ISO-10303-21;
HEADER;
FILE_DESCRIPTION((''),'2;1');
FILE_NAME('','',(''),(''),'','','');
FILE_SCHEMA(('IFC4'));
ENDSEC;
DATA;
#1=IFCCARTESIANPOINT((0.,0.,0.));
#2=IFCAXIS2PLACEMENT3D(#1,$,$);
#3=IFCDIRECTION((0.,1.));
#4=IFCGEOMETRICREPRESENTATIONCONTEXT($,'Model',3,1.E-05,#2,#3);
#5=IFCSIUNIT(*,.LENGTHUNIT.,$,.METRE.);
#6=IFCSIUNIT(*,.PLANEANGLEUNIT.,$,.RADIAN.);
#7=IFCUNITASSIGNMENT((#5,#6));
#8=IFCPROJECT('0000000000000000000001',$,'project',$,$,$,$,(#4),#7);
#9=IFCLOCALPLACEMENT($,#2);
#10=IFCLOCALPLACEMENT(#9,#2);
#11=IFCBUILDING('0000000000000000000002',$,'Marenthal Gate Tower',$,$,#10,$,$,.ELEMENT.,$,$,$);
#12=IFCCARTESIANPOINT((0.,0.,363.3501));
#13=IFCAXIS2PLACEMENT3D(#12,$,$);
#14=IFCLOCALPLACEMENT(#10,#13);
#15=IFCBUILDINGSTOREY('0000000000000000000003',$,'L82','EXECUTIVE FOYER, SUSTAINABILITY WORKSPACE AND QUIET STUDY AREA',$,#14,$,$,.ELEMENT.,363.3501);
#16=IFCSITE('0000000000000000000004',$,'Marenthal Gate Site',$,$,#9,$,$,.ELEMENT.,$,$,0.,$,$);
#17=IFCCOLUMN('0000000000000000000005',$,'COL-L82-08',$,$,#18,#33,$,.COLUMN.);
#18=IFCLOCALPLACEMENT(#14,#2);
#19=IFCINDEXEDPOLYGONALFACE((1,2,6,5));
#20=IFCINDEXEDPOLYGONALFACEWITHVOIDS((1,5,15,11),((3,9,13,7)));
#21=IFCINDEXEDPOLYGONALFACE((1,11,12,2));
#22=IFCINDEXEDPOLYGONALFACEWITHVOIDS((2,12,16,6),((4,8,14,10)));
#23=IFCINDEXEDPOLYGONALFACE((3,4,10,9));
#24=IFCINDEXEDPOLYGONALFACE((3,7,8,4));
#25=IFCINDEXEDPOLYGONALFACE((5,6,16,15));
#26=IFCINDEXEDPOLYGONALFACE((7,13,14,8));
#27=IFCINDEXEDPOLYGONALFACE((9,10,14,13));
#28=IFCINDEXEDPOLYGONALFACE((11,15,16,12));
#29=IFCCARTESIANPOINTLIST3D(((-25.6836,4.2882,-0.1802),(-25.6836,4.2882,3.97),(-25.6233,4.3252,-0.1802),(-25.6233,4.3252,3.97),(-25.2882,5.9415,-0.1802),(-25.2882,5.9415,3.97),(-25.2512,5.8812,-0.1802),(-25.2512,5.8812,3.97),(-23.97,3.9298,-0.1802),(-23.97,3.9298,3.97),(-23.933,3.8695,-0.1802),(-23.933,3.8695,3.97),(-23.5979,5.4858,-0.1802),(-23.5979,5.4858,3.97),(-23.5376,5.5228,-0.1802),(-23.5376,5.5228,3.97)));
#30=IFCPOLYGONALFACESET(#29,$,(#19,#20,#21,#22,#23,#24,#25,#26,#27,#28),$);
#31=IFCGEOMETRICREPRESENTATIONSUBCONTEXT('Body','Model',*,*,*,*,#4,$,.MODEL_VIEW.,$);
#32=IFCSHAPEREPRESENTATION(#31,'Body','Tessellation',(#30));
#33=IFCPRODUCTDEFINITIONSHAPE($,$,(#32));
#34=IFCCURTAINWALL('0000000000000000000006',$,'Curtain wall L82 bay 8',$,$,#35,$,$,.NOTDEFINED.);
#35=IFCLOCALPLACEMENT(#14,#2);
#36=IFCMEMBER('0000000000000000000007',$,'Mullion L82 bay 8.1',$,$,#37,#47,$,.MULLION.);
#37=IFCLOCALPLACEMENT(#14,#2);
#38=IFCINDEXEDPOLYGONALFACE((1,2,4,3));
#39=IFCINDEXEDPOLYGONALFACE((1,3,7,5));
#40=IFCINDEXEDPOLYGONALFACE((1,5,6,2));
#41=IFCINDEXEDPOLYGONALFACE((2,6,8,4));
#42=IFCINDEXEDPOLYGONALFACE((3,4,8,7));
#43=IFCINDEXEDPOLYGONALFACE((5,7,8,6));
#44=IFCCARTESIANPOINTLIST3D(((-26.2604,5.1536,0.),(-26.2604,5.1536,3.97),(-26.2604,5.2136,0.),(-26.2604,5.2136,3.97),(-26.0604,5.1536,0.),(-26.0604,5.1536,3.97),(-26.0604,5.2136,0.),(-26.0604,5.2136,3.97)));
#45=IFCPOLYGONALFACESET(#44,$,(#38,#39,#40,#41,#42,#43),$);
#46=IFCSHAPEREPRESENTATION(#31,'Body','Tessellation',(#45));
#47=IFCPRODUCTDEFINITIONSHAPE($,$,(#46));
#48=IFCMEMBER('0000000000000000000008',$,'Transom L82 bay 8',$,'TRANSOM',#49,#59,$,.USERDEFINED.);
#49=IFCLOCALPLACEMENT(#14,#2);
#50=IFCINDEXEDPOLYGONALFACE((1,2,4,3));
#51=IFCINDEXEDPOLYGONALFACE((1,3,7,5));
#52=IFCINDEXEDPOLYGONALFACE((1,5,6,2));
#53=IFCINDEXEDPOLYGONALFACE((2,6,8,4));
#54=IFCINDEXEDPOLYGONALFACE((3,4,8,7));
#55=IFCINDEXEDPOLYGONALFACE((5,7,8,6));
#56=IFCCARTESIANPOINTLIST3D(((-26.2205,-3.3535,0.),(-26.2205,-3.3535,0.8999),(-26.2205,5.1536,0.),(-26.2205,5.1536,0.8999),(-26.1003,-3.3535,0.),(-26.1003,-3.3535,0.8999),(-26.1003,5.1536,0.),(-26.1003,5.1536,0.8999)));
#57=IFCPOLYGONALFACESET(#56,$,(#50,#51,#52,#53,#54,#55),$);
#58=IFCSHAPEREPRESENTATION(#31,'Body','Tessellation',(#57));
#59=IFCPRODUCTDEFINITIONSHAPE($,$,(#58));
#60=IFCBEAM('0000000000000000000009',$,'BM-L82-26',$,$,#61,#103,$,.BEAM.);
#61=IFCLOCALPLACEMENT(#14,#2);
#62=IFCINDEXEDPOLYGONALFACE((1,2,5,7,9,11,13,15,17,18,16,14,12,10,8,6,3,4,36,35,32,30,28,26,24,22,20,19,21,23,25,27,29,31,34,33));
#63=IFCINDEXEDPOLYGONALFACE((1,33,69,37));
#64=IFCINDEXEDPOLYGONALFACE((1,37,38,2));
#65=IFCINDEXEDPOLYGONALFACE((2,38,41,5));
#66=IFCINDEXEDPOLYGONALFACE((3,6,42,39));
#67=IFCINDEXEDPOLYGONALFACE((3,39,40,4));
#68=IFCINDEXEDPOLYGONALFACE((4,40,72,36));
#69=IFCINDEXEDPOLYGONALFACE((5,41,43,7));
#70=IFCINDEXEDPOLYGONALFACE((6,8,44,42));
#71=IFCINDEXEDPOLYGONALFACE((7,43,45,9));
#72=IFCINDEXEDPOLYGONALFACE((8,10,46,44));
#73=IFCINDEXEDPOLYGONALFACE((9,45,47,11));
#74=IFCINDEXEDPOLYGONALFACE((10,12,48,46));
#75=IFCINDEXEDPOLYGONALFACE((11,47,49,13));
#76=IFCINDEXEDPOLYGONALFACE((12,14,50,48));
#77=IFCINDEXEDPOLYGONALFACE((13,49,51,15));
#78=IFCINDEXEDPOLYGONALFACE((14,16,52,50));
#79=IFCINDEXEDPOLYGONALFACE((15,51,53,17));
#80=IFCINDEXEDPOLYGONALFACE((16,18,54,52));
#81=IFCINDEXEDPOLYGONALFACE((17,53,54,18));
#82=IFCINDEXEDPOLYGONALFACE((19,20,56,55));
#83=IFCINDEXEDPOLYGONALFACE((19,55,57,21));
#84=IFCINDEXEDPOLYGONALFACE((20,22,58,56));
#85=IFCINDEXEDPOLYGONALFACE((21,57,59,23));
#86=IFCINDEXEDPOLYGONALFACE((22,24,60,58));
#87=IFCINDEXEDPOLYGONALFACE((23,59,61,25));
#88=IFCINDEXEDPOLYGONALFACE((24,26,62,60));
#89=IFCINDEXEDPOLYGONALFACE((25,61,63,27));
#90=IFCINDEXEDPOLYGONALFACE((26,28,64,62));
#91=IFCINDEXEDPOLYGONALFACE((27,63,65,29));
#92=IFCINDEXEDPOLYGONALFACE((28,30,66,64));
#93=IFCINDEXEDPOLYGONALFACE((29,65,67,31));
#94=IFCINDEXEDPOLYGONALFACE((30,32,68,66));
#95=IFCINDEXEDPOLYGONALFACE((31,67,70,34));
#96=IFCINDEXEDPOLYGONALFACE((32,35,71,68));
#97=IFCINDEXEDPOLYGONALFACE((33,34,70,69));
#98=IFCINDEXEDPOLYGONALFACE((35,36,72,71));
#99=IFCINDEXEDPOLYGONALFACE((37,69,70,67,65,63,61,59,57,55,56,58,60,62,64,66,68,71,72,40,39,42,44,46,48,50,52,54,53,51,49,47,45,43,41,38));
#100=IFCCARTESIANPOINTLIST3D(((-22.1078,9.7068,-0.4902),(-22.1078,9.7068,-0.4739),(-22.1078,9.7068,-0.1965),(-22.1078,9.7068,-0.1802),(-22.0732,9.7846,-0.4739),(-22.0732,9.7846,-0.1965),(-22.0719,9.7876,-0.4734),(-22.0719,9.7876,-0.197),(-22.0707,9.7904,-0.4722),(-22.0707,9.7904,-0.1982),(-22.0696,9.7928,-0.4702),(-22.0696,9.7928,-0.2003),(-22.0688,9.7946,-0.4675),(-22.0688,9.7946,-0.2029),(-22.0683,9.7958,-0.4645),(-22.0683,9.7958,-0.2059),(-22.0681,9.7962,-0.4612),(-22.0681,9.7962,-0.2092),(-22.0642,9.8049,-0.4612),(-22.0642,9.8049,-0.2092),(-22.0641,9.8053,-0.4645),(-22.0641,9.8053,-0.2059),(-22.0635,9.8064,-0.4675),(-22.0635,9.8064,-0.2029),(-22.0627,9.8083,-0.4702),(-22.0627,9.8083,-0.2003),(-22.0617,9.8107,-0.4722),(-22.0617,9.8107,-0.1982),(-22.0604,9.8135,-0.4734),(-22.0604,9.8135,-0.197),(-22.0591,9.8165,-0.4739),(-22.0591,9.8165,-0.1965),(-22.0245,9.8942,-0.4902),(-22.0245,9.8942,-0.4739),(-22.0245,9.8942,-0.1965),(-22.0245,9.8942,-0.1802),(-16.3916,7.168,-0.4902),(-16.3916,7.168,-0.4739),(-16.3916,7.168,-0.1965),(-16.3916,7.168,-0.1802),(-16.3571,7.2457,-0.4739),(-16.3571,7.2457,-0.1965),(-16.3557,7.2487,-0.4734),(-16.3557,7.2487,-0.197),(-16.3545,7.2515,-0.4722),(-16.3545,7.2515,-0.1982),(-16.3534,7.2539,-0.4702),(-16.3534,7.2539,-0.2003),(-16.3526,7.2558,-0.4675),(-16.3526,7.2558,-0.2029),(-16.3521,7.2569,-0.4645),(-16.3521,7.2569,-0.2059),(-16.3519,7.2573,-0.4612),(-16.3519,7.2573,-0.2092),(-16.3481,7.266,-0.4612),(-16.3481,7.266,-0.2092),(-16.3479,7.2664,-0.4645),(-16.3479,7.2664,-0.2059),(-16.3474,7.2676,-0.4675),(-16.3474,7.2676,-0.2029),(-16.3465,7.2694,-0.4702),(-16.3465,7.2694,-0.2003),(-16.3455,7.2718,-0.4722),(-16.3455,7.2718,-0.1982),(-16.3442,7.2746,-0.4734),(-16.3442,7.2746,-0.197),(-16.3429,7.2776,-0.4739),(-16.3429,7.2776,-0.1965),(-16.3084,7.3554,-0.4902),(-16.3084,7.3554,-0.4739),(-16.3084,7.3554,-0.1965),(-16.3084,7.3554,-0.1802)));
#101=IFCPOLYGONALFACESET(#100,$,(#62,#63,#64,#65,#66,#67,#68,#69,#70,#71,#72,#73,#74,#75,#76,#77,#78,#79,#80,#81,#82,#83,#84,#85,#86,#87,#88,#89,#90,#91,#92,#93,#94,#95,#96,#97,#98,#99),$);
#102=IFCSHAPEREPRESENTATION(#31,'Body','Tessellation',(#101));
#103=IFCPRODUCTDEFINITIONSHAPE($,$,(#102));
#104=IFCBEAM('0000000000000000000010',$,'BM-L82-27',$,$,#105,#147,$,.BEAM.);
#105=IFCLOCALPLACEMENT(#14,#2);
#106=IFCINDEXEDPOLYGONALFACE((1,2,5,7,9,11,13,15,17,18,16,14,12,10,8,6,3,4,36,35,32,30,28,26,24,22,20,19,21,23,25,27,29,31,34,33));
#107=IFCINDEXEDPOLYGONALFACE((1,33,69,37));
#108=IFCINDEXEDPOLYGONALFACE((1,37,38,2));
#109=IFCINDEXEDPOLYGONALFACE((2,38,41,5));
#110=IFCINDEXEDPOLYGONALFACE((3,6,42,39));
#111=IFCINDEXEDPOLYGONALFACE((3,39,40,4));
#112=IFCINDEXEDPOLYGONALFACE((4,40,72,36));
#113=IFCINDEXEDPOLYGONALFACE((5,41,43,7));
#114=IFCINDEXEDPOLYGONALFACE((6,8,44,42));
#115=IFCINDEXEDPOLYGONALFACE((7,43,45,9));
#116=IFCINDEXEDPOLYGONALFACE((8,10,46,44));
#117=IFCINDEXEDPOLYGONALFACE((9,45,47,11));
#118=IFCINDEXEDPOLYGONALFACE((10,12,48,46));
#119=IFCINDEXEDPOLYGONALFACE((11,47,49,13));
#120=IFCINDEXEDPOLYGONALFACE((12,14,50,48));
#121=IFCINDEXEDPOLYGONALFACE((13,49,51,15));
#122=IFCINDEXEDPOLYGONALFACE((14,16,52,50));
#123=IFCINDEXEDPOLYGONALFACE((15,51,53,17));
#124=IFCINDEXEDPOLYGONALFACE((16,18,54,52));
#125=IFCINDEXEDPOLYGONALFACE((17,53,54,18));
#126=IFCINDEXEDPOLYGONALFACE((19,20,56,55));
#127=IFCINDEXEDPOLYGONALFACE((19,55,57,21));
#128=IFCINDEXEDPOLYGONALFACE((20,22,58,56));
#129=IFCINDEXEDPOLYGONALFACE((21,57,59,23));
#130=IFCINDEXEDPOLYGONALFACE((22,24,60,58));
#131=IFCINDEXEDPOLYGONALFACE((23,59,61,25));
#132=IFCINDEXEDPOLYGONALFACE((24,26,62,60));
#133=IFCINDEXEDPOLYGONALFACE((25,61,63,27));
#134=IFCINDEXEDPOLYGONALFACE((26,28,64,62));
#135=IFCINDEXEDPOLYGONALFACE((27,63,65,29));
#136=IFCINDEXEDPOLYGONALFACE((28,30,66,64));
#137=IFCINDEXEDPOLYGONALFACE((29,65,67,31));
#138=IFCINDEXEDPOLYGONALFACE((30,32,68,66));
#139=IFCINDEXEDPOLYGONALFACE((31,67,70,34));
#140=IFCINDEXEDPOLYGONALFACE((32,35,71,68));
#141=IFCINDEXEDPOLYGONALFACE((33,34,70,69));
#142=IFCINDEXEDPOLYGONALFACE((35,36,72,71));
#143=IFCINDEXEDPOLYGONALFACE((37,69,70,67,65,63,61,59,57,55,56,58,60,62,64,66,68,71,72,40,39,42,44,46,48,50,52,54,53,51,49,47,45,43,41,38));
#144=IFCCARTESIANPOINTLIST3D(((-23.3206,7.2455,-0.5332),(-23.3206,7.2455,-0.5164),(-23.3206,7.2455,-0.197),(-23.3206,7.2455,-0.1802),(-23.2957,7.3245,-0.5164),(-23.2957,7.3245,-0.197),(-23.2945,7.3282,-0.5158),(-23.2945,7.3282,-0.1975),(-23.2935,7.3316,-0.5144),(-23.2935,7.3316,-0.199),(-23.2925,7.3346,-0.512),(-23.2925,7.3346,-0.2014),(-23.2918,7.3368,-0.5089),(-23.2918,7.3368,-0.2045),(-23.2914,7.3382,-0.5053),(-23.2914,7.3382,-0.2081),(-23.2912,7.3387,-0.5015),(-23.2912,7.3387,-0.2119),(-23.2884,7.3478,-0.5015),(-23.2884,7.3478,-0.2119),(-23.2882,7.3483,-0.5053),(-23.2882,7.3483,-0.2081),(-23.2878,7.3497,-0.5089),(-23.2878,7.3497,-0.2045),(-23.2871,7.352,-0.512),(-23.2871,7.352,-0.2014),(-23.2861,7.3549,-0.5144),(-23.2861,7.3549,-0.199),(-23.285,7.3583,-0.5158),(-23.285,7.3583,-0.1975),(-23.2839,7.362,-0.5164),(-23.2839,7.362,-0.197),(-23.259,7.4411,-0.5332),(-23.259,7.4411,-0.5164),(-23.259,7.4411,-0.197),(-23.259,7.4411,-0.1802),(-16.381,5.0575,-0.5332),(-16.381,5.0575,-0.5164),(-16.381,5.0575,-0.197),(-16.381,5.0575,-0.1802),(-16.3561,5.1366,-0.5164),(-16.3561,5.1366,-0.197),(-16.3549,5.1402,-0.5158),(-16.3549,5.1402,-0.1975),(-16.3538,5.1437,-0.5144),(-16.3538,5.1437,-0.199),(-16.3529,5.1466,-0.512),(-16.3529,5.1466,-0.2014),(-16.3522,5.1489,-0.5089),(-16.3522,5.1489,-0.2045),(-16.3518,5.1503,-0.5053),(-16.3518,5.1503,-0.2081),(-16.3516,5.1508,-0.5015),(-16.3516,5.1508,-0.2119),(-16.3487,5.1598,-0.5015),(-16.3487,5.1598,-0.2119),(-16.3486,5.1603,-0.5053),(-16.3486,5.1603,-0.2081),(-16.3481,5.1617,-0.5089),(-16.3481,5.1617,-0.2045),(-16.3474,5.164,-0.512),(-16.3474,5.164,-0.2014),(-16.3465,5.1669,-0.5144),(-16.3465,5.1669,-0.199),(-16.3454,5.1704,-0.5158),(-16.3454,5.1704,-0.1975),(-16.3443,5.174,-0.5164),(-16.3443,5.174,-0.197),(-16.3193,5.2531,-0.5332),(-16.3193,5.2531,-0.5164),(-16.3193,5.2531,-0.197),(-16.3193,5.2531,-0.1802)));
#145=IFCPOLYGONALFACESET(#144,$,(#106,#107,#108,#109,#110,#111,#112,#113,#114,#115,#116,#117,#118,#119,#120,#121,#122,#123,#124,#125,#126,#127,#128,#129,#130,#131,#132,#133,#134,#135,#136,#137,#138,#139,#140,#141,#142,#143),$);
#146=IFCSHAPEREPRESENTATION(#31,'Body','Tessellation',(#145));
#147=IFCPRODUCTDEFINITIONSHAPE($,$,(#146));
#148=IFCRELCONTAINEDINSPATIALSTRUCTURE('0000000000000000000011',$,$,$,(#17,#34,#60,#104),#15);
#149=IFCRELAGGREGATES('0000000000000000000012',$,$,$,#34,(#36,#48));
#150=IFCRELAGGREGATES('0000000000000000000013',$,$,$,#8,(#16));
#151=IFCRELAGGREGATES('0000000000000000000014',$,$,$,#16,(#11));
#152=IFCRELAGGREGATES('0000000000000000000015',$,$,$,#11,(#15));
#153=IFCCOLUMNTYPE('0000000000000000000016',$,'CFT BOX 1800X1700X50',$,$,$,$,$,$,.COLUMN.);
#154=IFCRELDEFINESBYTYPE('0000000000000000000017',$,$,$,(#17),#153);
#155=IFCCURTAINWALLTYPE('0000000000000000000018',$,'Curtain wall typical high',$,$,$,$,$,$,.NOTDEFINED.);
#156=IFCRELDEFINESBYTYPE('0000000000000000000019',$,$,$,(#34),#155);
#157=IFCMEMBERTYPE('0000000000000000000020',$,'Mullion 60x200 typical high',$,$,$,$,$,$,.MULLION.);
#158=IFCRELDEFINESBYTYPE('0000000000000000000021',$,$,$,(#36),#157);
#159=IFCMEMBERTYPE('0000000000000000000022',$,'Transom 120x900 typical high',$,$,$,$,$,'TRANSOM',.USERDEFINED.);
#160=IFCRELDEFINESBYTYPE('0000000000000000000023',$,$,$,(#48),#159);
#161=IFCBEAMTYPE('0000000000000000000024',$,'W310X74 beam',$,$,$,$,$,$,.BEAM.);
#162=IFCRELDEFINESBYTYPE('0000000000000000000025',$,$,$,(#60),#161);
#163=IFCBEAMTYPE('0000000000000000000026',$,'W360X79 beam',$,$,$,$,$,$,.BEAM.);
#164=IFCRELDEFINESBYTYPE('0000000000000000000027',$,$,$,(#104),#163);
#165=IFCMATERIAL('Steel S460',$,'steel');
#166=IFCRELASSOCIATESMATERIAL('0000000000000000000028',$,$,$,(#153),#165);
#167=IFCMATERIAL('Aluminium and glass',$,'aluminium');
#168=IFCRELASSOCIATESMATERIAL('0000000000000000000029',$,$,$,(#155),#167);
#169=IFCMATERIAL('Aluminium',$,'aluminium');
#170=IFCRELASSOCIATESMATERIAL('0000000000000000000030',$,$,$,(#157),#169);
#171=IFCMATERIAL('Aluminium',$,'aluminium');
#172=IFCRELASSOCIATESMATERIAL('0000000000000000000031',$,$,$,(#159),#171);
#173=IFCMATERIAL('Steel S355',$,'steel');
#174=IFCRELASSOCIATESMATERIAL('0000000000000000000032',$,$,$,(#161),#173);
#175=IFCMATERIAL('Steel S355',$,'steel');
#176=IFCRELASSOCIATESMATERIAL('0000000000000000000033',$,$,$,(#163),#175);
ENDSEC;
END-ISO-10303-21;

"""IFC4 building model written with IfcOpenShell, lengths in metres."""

from ifc_helpers import new_model, si_unit, direction, frame, origin, origin_2d, place, context, subcontext, project, spatial, rectangle, hollow_rectangle, i_section, extrude, material, material_profile, profile_set, type_object, element, aggregate, save


model = new_model("IFC4")

# Units and contexts
model_context = context("Model", 3, precision=1e-05, world=origin(), true_north=direction((0.0, 1.0)))
body_context = subcontext(model_context, "Body", "Model", "MODEL_VIEW")
ifc_project = project(units=[si_unit("LENGTHUNIT", "METRE"), si_unit("PLANEANGLEUNIT", "RADIAN")], contexts=[model_context])

# Site, building, storey
site_placement = place(None, origin())
site = spatial("IfcSite", under=ifc_project, at=site_placement, Name="Marenthal Gate Site", CompositionType="ELEMENT", RefElevation=0.0)
building_placement = place(site_placement, origin())
building = spatial("IfcBuilding", under=site, at=building_placement, Name="Marenthal Gate Tower", CompositionType="ELEMENT")
storey_placement = place(building_placement, frame((0.0, 0.0, 363.3501)))
storey = spatial("IfcBuildingStorey", under=building, at=storey_placement, Name="L82", Description="EXECUTIVE FOYER, SUSTAINABILITY WORKSPACE AND QUIET STUDY AREA", CompositionType="ELEMENT", Elevation=363.3501)

# Column
ifc_material_1 = material(Name="Steel S460", Category="steel")
ifc_material_profile_1 = material_profile(ifc_material_1, hollow_rectangle(XDim=1.7, YDim=1.8, WallThickness=0.05, at=origin_2d()), Name="CFT BOX 1800X1700X50")
ifc_material_2 = material(Name="Concrete 70 MPa", Category="concrete")
ifc_material_profile_2 = material_profile(ifc_material_2, rectangle(XDim=1.6001, YDim=1.7, at=origin_2d()), Name="CFT BOX 1800X1700X50 INFILL")
ifc_profile_set_1 = profile_set([ifc_material_profile_1, ifc_material_profile_2], Name="Steel S460 shell, Concrete 70 MPa infill")
column_type = type_object("IfcColumnType", Name="CFT BOX 1800X1700X50", PredefinedType="COLUMN", material=ifc_profile_set_1)
column_placement = place(storey_placement, frame((-24.6106, 4.9055, -0.1802), z_axis=(0.0, 0.0, 1.0), x_axis=(0.232598, 0.972573, 0.0)))
element("IfcColumn", 1, at=column_placement, inside=storey, type_object=column_type, Name="COL-L82-08", PredefinedType="COLUMN", context=body_context, shape_type="SweptSolid", body=[
    extrude(hollow_rectangle(XDim=1.7, YDim=1.8, WallThickness=0.05, at=origin_2d()), origin(), (0.0, 0.0, 1.0), 4.1501),
])

# Curtain wall, members
ifc_material_3 = material(Name="Aluminium and glass", Category="aluminium")
curtain_wall_type = type_object("IfcCurtainWallType", Name="Curtain wall typical high", PredefinedType="NOTDEFINED", material=ifc_material_3)
curtain_wall_placement = place(storey_placement, origin())
curtain_wall = element("IfcCurtainWall", 2, at=curtain_wall_placement, inside=storey, type_object=curtain_wall_type, Name="Curtain wall L82 bay 8", PredefinedType="NOTDEFINED")
ifc_material_4 = material(Name="Aluminium", Category="aluminium")
ifc_material_profile_3 = material_profile(ifc_material_4, rectangle(XDim=0.2, YDim=0.0601, at=origin_2d()), Name="60x200 aluminium mullion")
ifc_profile_set_2 = profile_set([ifc_material_profile_3], Name="Aluminium")
member_type_1 = type_object("IfcMemberType", Name="Mullion 60x200 typical high", PredefinedType="MULLION", material=ifc_profile_set_2)
member_1_placement = place(storey_placement, frame((-26.1604, 5.1836, 0.0), z_axis=(0.0, 0.0, 1.0), x_axis=(1.0, 0.0, 0.0)))
member_1 = element("IfcMember", 3, at=member_1_placement, type_object=member_type_1, Name="Mullion L82 bay 8.1", PredefinedType="MULLION", context=body_context, shape_type="SweptSolid", body=[
    extrude(rectangle(XDim=0.2, YDim=0.0601, at=origin_2d()), origin(), (0.0, 0.0, 1.0), 3.97),
])
ifc_material_5 = material(Name="Aluminium", Category="aluminium")
ifc_material_profile_4 = material_profile(ifc_material_5, rectangle(XDim=0.1201, YDim=0.8999, at=origin_2d()), Name="120x900 aluminium transom")
ifc_profile_set_3 = profile_set([ifc_material_profile_4], Name="Aluminium")
member_type_2 = type_object("IfcMemberType", Name="Transom 120x900 typical high", ElementType="TRANSOM", PredefinedType="USERDEFINED", material=ifc_profile_set_3)
member_2_placement = place(storey_placement, frame((-26.1604, 5.1536, 0.45), z_axis=(0.0, -1.0, 0.0), x_axis=(1.0, 0.0, 0.0)))
member_2 = element("IfcMember", 4, at=member_2_placement, type_object=member_type_2, Name="Transom L82 bay 8", ObjectType="TRANSOM", PredefinedType="USERDEFINED", context=body_context, shape_type="SweptSolid", body=[
    extrude(rectangle(XDim=0.1201, YDim=0.8999, at=origin_2d()), origin(), (0.0, 0.0, 1.0), 8.5071),
])

# Beams
ifc_material_6 = material(Name="Steel S355", Category="steel")
ifc_material_profile_5 = material_profile(ifc_material_6, i_section(OverallWidth=0.2051, OverallDepth=0.3101, WebThickness=0.0095, FlangeThickness=0.0164, FilletRadius=0.0127, at=origin_2d()), Name="W310X74")
ifc_profile_set_4 = profile_set([ifc_material_profile_5], Name="Steel S355")
beam_type_1 = type_object("IfcBeamType", Name="W310X74 beam", PredefinedType="BEAM", material=ifc_profile_set_4)
beam_1_placement = place(storey_placement, frame((-22.0662, 9.8005, -0.3352), z_axis=(0.91391, -0.405918, 0.0), x_axis=(0.405918, 0.91391, 0.0)))
element("IfcBeam", 5, at=beam_1_placement, inside=storey, type_object=beam_type_1, Name="BM-L82-26", PredefinedType="BEAM", context=body_context, shape_type="SweptSolid", body=[
    extrude(i_section(OverallWidth=0.2051, OverallDepth=0.3101, WebThickness=0.0095, FlangeThickness=0.0164, FilletRadius=0.0127, at=origin_2d()), origin(), (0.0, 0.0, 1.0), 6.2546),
])
ifc_material_7 = material(Name="Steel S355", Category="steel")
ifc_material_profile_6 = material_profile(ifc_material_7, i_section(OverallWidth=0.2051, OverallDepth=0.353, WebThickness=0.0095, FlangeThickness=0.0168, FilletRadius=0.0149, at=origin_2d()), Name="W360X79")
ifc_profile_set_5 = profile_set([ifc_material_profile_6], Name="Steel S355")
beam_type_2 = type_object("IfcBeamType", Name="W360X79 beam", PredefinedType="BEAM", material=ifc_profile_set_5)
beam_2_placement = place(storey_placement, frame((-23.2898, 7.3433, -0.3567), z_axis=(0.95372, -0.300695, 0.0), x_axis=(0.300695, 0.95372, 0.0)))
element("IfcBeam", 6, at=beam_2_placement, inside=storey, type_object=beam_type_2, Name="BM-L82-27", PredefinedType="BEAM", context=body_context, shape_type="SweptSolid", body=[
    extrude(i_section(OverallWidth=0.2051, OverallDepth=0.353, WebThickness=0.0095, FlangeThickness=0.0168, FilletRadius=0.0149, at=origin_2d()), origin(), (0.0, 0.0, 1.0), 7.2764),
])

aggregate(curtain_wall, [member_1, member_2])

save(model, "model.ifc")
